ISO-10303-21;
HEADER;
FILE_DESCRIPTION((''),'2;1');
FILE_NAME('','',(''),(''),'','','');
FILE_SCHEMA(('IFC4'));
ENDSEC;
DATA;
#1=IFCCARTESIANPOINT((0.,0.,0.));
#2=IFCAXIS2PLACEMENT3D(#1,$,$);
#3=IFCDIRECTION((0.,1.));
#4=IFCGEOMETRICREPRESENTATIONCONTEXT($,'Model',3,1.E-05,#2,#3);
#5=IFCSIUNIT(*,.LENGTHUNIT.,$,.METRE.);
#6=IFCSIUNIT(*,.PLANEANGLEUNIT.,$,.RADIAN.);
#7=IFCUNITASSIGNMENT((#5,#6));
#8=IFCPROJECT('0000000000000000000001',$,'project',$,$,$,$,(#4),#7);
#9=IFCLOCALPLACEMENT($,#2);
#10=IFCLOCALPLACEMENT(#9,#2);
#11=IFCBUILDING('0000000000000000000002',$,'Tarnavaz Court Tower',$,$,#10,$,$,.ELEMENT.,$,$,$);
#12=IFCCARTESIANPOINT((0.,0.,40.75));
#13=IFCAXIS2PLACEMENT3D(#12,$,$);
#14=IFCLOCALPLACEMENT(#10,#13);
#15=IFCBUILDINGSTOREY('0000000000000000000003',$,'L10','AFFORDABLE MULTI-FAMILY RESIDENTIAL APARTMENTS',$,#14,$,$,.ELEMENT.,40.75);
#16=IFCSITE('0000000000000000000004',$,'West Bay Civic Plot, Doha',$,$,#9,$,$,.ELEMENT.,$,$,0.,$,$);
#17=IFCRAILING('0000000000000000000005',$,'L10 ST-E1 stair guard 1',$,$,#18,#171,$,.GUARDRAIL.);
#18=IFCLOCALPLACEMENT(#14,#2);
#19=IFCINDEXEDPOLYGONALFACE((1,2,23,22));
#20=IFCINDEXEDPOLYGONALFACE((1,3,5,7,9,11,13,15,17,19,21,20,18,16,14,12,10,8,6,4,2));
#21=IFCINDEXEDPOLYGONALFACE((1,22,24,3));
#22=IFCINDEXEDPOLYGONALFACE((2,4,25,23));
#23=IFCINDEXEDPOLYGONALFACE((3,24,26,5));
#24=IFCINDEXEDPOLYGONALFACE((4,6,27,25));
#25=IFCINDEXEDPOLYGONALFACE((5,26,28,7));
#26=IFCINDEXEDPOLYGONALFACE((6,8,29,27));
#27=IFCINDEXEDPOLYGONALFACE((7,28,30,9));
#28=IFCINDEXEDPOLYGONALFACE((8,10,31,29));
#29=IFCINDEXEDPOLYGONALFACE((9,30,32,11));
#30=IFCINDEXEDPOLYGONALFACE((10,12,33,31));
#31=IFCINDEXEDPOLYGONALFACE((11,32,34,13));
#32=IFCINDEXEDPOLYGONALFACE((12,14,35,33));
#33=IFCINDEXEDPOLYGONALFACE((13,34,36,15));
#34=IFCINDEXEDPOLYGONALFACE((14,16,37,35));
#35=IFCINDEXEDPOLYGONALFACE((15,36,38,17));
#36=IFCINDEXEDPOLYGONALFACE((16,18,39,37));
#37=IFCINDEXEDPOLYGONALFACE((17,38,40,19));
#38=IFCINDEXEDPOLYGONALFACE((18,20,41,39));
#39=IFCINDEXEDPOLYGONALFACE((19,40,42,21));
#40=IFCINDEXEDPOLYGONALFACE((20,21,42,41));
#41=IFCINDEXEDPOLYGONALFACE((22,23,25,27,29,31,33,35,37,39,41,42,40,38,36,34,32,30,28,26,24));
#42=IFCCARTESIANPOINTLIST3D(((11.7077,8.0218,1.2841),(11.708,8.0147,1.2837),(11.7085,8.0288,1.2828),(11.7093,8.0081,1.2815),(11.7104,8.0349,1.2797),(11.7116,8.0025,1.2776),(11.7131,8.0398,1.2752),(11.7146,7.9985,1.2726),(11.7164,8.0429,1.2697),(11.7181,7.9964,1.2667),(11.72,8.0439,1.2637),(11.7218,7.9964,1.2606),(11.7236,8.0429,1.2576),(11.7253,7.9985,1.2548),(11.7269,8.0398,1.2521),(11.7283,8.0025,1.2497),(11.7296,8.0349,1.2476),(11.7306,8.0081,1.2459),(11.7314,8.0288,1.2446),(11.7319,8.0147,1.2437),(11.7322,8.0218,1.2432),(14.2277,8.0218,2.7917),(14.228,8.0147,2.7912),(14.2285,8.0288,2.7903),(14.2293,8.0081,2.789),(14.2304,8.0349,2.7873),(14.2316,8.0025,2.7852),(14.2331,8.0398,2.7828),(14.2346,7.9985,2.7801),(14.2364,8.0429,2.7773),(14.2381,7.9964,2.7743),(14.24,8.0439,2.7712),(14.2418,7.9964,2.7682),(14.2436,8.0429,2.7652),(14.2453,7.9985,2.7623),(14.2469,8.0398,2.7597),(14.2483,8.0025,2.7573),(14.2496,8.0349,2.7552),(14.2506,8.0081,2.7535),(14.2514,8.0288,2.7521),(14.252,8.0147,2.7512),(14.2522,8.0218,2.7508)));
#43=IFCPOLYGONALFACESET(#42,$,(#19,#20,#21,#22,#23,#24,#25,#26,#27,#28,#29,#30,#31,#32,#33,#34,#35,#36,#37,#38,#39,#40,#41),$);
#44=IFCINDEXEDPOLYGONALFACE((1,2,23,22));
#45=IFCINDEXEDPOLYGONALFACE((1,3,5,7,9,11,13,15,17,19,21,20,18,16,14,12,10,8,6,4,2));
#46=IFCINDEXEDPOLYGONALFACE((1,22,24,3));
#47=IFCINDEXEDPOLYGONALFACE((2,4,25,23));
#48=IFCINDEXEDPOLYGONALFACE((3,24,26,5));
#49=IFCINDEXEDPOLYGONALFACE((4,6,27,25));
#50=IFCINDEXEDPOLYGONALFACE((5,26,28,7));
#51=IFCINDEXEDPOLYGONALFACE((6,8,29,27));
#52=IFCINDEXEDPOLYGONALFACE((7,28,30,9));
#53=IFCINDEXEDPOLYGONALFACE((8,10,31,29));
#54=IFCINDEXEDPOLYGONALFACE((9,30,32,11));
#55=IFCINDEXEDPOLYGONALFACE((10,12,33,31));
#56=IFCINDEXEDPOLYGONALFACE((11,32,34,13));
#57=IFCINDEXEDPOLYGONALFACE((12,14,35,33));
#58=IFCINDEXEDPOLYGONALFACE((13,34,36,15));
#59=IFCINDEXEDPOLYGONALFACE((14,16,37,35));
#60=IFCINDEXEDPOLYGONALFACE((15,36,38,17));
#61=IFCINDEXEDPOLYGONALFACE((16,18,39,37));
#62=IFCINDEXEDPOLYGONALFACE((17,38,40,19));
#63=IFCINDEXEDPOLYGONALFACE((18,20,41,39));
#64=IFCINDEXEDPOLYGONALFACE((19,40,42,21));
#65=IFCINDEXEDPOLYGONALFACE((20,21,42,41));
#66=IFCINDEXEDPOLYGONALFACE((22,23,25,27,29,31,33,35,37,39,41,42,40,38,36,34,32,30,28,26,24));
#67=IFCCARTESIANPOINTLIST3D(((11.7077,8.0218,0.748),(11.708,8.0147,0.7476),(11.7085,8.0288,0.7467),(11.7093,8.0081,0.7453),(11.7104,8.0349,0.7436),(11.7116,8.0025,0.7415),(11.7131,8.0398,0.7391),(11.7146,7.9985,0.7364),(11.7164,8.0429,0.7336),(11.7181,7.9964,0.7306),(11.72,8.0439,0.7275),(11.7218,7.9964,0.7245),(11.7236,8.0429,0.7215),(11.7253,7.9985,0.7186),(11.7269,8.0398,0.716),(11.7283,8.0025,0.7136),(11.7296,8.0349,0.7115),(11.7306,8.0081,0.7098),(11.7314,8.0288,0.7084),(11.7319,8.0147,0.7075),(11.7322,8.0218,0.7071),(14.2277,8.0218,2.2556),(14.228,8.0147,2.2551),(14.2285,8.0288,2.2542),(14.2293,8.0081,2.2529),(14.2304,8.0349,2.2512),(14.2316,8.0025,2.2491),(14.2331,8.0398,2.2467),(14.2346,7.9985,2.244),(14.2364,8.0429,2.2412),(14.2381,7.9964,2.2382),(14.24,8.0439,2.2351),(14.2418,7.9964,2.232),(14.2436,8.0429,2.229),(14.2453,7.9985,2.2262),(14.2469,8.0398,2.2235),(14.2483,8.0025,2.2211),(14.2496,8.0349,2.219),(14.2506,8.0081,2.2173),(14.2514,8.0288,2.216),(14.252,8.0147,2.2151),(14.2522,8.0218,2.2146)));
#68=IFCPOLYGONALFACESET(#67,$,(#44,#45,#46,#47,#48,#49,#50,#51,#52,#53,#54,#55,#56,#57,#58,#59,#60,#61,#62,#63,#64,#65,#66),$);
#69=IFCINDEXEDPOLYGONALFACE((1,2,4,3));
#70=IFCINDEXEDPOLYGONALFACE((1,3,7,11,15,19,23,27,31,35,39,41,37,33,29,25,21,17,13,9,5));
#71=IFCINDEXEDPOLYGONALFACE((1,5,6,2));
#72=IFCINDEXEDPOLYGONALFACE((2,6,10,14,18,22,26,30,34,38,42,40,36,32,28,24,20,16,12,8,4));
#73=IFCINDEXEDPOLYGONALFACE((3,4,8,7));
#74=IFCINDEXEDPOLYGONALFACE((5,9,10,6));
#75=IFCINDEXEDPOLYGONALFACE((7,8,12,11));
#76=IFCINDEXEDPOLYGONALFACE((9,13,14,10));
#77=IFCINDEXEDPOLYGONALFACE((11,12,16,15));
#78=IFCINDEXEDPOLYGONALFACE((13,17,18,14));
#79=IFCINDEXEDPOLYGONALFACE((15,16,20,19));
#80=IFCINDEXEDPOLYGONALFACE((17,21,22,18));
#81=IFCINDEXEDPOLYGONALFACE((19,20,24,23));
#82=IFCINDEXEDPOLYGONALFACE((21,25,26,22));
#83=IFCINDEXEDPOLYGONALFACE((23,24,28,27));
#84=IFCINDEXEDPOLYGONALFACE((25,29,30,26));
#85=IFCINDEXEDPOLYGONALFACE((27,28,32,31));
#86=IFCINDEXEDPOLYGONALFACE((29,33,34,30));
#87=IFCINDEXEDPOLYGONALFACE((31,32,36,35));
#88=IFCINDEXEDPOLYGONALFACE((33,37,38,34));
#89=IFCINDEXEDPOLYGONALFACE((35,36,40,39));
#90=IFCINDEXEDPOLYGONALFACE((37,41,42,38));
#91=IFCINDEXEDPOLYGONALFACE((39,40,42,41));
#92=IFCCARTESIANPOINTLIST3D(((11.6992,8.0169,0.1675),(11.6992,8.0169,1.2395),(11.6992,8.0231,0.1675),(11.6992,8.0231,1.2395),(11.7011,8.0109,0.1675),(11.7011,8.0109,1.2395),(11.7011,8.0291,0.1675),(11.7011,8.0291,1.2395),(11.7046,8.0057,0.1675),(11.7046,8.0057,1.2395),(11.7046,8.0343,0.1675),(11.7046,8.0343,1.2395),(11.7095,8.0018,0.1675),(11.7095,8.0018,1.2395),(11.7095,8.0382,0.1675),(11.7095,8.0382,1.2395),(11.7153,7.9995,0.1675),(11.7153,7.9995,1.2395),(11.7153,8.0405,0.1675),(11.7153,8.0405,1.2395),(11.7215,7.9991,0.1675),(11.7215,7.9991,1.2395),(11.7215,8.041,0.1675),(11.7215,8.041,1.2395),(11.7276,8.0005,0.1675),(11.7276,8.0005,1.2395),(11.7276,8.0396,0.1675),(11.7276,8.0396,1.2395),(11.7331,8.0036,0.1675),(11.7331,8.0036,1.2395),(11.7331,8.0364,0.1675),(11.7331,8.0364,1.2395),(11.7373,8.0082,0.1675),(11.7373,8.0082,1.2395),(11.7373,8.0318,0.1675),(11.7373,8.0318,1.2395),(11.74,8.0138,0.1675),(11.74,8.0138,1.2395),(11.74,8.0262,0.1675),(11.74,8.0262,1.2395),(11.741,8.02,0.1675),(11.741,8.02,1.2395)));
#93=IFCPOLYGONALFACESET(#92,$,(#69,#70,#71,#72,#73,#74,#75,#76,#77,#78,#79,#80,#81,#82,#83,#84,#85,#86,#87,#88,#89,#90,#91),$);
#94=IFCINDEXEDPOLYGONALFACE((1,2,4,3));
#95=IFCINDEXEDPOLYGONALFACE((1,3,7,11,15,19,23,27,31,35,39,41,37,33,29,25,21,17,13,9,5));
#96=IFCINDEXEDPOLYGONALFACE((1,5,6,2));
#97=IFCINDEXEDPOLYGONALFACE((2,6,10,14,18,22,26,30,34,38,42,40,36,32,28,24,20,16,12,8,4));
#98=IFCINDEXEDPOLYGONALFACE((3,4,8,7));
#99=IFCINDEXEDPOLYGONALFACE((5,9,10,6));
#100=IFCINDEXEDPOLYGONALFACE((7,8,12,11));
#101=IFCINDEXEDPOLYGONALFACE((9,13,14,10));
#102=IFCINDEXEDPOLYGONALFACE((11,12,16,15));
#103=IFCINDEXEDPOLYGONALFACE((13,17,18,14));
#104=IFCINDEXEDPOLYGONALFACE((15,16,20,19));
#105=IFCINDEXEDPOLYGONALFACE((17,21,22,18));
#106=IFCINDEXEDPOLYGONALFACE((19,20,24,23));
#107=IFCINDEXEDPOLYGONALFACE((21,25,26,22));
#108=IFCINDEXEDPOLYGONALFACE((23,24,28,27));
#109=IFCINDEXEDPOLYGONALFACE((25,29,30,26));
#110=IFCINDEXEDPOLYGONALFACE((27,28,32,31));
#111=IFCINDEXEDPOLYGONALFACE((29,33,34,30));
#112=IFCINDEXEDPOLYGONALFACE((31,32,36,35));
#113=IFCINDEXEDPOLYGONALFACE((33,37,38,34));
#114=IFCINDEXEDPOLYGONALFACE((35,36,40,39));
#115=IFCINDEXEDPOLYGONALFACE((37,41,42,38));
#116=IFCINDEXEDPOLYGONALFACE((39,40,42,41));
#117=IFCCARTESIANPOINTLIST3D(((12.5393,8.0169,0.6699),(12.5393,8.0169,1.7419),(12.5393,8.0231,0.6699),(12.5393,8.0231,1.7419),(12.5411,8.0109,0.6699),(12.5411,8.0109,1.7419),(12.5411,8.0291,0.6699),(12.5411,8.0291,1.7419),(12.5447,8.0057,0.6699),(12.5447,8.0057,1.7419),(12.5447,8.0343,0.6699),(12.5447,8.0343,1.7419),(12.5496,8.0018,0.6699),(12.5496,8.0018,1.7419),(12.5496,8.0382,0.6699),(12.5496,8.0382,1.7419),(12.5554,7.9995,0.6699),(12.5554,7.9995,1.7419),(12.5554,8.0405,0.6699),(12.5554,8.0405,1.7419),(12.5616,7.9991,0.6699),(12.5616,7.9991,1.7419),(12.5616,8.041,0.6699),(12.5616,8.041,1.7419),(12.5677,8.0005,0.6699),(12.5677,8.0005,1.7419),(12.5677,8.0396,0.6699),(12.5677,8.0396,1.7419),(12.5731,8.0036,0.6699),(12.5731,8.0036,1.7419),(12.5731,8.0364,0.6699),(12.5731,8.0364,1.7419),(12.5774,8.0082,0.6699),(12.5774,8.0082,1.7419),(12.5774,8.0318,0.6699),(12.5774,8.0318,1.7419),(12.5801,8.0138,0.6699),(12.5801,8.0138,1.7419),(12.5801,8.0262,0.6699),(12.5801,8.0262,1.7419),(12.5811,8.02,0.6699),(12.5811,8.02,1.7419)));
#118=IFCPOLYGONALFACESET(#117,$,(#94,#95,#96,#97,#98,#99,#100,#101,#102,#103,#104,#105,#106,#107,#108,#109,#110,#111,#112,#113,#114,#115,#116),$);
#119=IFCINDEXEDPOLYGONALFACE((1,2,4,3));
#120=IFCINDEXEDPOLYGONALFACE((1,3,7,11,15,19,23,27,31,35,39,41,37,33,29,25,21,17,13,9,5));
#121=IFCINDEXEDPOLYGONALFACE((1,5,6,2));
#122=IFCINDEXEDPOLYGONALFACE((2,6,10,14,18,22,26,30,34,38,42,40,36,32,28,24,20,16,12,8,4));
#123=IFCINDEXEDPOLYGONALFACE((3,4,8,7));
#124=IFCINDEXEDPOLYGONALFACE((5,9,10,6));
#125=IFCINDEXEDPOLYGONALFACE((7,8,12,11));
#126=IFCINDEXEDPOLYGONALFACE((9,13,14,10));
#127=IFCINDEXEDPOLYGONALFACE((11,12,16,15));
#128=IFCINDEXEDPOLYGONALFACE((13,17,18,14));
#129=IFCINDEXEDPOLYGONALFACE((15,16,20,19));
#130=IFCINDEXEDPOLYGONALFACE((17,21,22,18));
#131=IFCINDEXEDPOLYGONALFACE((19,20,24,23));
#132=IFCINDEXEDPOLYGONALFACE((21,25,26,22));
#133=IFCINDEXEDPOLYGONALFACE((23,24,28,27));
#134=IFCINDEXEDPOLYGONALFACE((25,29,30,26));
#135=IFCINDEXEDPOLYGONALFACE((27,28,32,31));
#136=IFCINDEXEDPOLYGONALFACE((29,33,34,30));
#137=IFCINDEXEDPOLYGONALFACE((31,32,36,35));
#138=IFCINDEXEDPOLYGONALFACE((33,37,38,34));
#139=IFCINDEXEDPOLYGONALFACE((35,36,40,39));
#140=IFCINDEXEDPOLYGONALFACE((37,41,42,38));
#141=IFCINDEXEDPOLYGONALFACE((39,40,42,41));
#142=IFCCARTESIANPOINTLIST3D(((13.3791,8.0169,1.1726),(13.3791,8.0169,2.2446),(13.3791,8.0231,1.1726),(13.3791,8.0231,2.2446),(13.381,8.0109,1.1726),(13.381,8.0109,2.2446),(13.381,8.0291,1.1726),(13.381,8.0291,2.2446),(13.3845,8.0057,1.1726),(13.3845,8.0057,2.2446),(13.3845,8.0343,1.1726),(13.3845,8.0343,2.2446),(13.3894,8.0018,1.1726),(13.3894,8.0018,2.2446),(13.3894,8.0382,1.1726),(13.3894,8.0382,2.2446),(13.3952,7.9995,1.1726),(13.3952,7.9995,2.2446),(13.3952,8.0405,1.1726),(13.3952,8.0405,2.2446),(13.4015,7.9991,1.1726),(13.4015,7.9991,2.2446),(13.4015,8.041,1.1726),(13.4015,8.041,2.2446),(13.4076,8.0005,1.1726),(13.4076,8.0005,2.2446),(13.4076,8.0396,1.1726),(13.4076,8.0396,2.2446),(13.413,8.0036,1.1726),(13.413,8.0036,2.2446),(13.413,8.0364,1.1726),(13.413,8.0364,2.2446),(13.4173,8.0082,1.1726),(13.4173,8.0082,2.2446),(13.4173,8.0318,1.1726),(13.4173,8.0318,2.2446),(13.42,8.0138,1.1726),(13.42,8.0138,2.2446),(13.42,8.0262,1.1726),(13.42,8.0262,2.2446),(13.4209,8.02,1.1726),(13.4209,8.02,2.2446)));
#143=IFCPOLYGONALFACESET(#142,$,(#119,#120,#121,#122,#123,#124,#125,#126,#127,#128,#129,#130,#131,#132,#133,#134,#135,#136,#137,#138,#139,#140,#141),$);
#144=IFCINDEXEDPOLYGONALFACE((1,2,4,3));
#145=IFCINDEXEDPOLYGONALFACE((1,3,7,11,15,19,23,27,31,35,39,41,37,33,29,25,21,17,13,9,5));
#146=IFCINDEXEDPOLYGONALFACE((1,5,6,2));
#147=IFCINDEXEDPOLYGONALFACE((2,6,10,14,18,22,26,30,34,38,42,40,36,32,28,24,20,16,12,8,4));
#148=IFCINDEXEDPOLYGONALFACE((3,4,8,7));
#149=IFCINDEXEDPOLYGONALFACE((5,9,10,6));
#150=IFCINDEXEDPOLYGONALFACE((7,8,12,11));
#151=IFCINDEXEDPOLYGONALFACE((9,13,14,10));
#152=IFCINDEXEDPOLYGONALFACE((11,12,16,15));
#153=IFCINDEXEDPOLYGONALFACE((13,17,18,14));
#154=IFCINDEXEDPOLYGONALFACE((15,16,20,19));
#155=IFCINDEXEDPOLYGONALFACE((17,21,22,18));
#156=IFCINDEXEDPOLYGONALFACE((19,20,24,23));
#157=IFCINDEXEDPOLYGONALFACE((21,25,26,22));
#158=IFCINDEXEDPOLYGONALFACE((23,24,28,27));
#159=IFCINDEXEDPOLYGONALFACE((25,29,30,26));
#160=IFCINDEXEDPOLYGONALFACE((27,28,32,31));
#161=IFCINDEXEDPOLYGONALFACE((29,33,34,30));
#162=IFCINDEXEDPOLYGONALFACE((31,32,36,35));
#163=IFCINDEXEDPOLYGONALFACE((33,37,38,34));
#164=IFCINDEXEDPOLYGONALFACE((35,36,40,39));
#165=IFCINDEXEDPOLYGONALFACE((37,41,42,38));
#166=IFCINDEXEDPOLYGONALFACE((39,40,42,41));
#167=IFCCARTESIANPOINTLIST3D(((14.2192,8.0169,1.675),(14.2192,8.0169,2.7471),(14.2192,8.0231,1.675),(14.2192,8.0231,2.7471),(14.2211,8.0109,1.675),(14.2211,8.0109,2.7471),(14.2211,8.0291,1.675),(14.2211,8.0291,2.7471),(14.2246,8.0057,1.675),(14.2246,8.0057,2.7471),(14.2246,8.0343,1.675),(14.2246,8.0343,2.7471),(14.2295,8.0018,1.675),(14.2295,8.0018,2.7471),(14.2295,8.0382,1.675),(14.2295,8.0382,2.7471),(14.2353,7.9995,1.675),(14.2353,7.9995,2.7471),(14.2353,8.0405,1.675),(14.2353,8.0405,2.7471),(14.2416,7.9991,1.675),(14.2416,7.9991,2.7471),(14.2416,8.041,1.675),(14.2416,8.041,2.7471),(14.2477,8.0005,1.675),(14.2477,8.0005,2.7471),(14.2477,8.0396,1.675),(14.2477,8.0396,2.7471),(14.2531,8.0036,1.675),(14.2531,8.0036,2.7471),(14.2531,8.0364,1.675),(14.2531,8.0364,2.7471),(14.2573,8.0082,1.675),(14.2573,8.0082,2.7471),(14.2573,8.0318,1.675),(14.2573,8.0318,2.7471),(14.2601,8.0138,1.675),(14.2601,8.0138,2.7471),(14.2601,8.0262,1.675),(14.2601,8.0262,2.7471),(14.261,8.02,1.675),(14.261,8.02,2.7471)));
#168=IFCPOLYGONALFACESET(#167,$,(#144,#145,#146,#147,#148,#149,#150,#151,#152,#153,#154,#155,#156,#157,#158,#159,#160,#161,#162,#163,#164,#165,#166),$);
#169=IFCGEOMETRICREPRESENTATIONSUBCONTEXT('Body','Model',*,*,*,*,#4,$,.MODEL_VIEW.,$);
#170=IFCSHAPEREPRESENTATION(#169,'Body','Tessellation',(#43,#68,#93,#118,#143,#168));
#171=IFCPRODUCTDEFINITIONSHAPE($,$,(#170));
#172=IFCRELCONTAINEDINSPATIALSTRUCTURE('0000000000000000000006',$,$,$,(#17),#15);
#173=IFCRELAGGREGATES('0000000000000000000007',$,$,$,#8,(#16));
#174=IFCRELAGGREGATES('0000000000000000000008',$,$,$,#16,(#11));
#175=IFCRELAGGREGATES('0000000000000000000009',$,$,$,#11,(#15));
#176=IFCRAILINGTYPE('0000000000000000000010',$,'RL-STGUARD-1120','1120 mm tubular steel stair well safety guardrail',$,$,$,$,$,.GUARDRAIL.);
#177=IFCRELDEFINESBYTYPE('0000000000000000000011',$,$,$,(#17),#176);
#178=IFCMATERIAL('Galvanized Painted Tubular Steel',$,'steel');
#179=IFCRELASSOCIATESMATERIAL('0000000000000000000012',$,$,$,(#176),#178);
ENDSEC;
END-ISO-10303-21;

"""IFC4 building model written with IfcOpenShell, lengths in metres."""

from ifc_helpers import new_model, si_unit, direction, frame, origin, origin_2d, place, context, subcontext, project, spatial, circle, extrude, material, type_object, element, save


model = new_model("IFC4")

# Units and contexts
model_context = context("Model", 3, precision=1e-05, world=origin(), true_north=direction((0.0, 1.0)))
body_context = subcontext(model_context, "Body", "Model", "MODEL_VIEW")
ifc_project = project(units=[si_unit("LENGTHUNIT", "METRE"), si_unit("PLANEANGLEUNIT", "RADIAN")], contexts=[model_context])

# Site, building, storey
site_placement = place(None, origin())
site = spatial("IfcSite", under=ifc_project, at=site_placement, Name="West Bay Civic Plot, Doha", CompositionType="ELEMENT", RefElevation=0.0)
building_placement = place(site_placement, origin())
building = spatial("IfcBuilding", under=site, at=building_placement, Name="Tarnavaz Court Tower", CompositionType="ELEMENT")
storey_placement = place(building_placement, frame((0.0, 0.0, 40.75)))
storey = spatial("IfcBuildingStorey", under=building, at=storey_placement, Name="L10", Description="AFFORDABLE MULTI-FAMILY RESIDENTIAL APARTMENTS", CompositionType="ELEMENT", Elevation=40.75)

# Railing
ifc_material_1 = material(Name="Galvanized Painted Tubular Steel", Category="steel")
railing_type_1 = type_object("IfcRailingType", Name="RL-STGUARD-1120", Description="1120 mm tubular steel stair well safety guardrail", PredefinedType="GUARDRAIL", material=ifc_material_1)
railing_1_placement = place(storey_placement, frame((11.72, 8.02, 0.1675)))
element("IfcRailing", 1, at=railing_1_placement, inside=storey, type_object=railing_type_1, Name="L10 ST-E1 stair guard 1", PredefinedType="GUARDRAIL", context=body_context, shape_type="SweptSolid", body=[
    extrude(circle(Radius=0.0239, at=origin_2d()), frame((0.0, 0.0, 1.0962), z_axis=(0.85816, 0.0, 0.513383), x_axis=(0.0, 1.0, 0.0)), (0.0, 0.0, 1.0), 2.9365),
    extrude(circle(Radius=0.0239, at=origin_2d()), frame((0.0, 0.0, 0.5601), z_axis=(0.85816, 0.0, 0.513383), x_axis=(0.0, 1.0, 0.0)), (0.0, 0.0, 1.0), 2.9365),
    extrude(circle(Radius=0.021, at=origin_2d()), origin(), (0.0, 0.0, 1.0), 1.072),
    extrude(circle(Radius=0.021, at=origin_2d()), frame((0.8401, 0.0, 0.5024)), (0.0, 0.0, 1.0), 1.072),
    extrude(circle(Radius=0.021, at=origin_2d()), frame((1.6799, 0.0, 1.0051)), (0.0, 0.0, 1.0), 1.072),
    extrude(circle(Radius=0.021, at=origin_2d()), frame((2.52, 0.0, 1.5076)), (0.0, 0.0, 1.0), 1.072),
])

save(model, "model.ifc")
